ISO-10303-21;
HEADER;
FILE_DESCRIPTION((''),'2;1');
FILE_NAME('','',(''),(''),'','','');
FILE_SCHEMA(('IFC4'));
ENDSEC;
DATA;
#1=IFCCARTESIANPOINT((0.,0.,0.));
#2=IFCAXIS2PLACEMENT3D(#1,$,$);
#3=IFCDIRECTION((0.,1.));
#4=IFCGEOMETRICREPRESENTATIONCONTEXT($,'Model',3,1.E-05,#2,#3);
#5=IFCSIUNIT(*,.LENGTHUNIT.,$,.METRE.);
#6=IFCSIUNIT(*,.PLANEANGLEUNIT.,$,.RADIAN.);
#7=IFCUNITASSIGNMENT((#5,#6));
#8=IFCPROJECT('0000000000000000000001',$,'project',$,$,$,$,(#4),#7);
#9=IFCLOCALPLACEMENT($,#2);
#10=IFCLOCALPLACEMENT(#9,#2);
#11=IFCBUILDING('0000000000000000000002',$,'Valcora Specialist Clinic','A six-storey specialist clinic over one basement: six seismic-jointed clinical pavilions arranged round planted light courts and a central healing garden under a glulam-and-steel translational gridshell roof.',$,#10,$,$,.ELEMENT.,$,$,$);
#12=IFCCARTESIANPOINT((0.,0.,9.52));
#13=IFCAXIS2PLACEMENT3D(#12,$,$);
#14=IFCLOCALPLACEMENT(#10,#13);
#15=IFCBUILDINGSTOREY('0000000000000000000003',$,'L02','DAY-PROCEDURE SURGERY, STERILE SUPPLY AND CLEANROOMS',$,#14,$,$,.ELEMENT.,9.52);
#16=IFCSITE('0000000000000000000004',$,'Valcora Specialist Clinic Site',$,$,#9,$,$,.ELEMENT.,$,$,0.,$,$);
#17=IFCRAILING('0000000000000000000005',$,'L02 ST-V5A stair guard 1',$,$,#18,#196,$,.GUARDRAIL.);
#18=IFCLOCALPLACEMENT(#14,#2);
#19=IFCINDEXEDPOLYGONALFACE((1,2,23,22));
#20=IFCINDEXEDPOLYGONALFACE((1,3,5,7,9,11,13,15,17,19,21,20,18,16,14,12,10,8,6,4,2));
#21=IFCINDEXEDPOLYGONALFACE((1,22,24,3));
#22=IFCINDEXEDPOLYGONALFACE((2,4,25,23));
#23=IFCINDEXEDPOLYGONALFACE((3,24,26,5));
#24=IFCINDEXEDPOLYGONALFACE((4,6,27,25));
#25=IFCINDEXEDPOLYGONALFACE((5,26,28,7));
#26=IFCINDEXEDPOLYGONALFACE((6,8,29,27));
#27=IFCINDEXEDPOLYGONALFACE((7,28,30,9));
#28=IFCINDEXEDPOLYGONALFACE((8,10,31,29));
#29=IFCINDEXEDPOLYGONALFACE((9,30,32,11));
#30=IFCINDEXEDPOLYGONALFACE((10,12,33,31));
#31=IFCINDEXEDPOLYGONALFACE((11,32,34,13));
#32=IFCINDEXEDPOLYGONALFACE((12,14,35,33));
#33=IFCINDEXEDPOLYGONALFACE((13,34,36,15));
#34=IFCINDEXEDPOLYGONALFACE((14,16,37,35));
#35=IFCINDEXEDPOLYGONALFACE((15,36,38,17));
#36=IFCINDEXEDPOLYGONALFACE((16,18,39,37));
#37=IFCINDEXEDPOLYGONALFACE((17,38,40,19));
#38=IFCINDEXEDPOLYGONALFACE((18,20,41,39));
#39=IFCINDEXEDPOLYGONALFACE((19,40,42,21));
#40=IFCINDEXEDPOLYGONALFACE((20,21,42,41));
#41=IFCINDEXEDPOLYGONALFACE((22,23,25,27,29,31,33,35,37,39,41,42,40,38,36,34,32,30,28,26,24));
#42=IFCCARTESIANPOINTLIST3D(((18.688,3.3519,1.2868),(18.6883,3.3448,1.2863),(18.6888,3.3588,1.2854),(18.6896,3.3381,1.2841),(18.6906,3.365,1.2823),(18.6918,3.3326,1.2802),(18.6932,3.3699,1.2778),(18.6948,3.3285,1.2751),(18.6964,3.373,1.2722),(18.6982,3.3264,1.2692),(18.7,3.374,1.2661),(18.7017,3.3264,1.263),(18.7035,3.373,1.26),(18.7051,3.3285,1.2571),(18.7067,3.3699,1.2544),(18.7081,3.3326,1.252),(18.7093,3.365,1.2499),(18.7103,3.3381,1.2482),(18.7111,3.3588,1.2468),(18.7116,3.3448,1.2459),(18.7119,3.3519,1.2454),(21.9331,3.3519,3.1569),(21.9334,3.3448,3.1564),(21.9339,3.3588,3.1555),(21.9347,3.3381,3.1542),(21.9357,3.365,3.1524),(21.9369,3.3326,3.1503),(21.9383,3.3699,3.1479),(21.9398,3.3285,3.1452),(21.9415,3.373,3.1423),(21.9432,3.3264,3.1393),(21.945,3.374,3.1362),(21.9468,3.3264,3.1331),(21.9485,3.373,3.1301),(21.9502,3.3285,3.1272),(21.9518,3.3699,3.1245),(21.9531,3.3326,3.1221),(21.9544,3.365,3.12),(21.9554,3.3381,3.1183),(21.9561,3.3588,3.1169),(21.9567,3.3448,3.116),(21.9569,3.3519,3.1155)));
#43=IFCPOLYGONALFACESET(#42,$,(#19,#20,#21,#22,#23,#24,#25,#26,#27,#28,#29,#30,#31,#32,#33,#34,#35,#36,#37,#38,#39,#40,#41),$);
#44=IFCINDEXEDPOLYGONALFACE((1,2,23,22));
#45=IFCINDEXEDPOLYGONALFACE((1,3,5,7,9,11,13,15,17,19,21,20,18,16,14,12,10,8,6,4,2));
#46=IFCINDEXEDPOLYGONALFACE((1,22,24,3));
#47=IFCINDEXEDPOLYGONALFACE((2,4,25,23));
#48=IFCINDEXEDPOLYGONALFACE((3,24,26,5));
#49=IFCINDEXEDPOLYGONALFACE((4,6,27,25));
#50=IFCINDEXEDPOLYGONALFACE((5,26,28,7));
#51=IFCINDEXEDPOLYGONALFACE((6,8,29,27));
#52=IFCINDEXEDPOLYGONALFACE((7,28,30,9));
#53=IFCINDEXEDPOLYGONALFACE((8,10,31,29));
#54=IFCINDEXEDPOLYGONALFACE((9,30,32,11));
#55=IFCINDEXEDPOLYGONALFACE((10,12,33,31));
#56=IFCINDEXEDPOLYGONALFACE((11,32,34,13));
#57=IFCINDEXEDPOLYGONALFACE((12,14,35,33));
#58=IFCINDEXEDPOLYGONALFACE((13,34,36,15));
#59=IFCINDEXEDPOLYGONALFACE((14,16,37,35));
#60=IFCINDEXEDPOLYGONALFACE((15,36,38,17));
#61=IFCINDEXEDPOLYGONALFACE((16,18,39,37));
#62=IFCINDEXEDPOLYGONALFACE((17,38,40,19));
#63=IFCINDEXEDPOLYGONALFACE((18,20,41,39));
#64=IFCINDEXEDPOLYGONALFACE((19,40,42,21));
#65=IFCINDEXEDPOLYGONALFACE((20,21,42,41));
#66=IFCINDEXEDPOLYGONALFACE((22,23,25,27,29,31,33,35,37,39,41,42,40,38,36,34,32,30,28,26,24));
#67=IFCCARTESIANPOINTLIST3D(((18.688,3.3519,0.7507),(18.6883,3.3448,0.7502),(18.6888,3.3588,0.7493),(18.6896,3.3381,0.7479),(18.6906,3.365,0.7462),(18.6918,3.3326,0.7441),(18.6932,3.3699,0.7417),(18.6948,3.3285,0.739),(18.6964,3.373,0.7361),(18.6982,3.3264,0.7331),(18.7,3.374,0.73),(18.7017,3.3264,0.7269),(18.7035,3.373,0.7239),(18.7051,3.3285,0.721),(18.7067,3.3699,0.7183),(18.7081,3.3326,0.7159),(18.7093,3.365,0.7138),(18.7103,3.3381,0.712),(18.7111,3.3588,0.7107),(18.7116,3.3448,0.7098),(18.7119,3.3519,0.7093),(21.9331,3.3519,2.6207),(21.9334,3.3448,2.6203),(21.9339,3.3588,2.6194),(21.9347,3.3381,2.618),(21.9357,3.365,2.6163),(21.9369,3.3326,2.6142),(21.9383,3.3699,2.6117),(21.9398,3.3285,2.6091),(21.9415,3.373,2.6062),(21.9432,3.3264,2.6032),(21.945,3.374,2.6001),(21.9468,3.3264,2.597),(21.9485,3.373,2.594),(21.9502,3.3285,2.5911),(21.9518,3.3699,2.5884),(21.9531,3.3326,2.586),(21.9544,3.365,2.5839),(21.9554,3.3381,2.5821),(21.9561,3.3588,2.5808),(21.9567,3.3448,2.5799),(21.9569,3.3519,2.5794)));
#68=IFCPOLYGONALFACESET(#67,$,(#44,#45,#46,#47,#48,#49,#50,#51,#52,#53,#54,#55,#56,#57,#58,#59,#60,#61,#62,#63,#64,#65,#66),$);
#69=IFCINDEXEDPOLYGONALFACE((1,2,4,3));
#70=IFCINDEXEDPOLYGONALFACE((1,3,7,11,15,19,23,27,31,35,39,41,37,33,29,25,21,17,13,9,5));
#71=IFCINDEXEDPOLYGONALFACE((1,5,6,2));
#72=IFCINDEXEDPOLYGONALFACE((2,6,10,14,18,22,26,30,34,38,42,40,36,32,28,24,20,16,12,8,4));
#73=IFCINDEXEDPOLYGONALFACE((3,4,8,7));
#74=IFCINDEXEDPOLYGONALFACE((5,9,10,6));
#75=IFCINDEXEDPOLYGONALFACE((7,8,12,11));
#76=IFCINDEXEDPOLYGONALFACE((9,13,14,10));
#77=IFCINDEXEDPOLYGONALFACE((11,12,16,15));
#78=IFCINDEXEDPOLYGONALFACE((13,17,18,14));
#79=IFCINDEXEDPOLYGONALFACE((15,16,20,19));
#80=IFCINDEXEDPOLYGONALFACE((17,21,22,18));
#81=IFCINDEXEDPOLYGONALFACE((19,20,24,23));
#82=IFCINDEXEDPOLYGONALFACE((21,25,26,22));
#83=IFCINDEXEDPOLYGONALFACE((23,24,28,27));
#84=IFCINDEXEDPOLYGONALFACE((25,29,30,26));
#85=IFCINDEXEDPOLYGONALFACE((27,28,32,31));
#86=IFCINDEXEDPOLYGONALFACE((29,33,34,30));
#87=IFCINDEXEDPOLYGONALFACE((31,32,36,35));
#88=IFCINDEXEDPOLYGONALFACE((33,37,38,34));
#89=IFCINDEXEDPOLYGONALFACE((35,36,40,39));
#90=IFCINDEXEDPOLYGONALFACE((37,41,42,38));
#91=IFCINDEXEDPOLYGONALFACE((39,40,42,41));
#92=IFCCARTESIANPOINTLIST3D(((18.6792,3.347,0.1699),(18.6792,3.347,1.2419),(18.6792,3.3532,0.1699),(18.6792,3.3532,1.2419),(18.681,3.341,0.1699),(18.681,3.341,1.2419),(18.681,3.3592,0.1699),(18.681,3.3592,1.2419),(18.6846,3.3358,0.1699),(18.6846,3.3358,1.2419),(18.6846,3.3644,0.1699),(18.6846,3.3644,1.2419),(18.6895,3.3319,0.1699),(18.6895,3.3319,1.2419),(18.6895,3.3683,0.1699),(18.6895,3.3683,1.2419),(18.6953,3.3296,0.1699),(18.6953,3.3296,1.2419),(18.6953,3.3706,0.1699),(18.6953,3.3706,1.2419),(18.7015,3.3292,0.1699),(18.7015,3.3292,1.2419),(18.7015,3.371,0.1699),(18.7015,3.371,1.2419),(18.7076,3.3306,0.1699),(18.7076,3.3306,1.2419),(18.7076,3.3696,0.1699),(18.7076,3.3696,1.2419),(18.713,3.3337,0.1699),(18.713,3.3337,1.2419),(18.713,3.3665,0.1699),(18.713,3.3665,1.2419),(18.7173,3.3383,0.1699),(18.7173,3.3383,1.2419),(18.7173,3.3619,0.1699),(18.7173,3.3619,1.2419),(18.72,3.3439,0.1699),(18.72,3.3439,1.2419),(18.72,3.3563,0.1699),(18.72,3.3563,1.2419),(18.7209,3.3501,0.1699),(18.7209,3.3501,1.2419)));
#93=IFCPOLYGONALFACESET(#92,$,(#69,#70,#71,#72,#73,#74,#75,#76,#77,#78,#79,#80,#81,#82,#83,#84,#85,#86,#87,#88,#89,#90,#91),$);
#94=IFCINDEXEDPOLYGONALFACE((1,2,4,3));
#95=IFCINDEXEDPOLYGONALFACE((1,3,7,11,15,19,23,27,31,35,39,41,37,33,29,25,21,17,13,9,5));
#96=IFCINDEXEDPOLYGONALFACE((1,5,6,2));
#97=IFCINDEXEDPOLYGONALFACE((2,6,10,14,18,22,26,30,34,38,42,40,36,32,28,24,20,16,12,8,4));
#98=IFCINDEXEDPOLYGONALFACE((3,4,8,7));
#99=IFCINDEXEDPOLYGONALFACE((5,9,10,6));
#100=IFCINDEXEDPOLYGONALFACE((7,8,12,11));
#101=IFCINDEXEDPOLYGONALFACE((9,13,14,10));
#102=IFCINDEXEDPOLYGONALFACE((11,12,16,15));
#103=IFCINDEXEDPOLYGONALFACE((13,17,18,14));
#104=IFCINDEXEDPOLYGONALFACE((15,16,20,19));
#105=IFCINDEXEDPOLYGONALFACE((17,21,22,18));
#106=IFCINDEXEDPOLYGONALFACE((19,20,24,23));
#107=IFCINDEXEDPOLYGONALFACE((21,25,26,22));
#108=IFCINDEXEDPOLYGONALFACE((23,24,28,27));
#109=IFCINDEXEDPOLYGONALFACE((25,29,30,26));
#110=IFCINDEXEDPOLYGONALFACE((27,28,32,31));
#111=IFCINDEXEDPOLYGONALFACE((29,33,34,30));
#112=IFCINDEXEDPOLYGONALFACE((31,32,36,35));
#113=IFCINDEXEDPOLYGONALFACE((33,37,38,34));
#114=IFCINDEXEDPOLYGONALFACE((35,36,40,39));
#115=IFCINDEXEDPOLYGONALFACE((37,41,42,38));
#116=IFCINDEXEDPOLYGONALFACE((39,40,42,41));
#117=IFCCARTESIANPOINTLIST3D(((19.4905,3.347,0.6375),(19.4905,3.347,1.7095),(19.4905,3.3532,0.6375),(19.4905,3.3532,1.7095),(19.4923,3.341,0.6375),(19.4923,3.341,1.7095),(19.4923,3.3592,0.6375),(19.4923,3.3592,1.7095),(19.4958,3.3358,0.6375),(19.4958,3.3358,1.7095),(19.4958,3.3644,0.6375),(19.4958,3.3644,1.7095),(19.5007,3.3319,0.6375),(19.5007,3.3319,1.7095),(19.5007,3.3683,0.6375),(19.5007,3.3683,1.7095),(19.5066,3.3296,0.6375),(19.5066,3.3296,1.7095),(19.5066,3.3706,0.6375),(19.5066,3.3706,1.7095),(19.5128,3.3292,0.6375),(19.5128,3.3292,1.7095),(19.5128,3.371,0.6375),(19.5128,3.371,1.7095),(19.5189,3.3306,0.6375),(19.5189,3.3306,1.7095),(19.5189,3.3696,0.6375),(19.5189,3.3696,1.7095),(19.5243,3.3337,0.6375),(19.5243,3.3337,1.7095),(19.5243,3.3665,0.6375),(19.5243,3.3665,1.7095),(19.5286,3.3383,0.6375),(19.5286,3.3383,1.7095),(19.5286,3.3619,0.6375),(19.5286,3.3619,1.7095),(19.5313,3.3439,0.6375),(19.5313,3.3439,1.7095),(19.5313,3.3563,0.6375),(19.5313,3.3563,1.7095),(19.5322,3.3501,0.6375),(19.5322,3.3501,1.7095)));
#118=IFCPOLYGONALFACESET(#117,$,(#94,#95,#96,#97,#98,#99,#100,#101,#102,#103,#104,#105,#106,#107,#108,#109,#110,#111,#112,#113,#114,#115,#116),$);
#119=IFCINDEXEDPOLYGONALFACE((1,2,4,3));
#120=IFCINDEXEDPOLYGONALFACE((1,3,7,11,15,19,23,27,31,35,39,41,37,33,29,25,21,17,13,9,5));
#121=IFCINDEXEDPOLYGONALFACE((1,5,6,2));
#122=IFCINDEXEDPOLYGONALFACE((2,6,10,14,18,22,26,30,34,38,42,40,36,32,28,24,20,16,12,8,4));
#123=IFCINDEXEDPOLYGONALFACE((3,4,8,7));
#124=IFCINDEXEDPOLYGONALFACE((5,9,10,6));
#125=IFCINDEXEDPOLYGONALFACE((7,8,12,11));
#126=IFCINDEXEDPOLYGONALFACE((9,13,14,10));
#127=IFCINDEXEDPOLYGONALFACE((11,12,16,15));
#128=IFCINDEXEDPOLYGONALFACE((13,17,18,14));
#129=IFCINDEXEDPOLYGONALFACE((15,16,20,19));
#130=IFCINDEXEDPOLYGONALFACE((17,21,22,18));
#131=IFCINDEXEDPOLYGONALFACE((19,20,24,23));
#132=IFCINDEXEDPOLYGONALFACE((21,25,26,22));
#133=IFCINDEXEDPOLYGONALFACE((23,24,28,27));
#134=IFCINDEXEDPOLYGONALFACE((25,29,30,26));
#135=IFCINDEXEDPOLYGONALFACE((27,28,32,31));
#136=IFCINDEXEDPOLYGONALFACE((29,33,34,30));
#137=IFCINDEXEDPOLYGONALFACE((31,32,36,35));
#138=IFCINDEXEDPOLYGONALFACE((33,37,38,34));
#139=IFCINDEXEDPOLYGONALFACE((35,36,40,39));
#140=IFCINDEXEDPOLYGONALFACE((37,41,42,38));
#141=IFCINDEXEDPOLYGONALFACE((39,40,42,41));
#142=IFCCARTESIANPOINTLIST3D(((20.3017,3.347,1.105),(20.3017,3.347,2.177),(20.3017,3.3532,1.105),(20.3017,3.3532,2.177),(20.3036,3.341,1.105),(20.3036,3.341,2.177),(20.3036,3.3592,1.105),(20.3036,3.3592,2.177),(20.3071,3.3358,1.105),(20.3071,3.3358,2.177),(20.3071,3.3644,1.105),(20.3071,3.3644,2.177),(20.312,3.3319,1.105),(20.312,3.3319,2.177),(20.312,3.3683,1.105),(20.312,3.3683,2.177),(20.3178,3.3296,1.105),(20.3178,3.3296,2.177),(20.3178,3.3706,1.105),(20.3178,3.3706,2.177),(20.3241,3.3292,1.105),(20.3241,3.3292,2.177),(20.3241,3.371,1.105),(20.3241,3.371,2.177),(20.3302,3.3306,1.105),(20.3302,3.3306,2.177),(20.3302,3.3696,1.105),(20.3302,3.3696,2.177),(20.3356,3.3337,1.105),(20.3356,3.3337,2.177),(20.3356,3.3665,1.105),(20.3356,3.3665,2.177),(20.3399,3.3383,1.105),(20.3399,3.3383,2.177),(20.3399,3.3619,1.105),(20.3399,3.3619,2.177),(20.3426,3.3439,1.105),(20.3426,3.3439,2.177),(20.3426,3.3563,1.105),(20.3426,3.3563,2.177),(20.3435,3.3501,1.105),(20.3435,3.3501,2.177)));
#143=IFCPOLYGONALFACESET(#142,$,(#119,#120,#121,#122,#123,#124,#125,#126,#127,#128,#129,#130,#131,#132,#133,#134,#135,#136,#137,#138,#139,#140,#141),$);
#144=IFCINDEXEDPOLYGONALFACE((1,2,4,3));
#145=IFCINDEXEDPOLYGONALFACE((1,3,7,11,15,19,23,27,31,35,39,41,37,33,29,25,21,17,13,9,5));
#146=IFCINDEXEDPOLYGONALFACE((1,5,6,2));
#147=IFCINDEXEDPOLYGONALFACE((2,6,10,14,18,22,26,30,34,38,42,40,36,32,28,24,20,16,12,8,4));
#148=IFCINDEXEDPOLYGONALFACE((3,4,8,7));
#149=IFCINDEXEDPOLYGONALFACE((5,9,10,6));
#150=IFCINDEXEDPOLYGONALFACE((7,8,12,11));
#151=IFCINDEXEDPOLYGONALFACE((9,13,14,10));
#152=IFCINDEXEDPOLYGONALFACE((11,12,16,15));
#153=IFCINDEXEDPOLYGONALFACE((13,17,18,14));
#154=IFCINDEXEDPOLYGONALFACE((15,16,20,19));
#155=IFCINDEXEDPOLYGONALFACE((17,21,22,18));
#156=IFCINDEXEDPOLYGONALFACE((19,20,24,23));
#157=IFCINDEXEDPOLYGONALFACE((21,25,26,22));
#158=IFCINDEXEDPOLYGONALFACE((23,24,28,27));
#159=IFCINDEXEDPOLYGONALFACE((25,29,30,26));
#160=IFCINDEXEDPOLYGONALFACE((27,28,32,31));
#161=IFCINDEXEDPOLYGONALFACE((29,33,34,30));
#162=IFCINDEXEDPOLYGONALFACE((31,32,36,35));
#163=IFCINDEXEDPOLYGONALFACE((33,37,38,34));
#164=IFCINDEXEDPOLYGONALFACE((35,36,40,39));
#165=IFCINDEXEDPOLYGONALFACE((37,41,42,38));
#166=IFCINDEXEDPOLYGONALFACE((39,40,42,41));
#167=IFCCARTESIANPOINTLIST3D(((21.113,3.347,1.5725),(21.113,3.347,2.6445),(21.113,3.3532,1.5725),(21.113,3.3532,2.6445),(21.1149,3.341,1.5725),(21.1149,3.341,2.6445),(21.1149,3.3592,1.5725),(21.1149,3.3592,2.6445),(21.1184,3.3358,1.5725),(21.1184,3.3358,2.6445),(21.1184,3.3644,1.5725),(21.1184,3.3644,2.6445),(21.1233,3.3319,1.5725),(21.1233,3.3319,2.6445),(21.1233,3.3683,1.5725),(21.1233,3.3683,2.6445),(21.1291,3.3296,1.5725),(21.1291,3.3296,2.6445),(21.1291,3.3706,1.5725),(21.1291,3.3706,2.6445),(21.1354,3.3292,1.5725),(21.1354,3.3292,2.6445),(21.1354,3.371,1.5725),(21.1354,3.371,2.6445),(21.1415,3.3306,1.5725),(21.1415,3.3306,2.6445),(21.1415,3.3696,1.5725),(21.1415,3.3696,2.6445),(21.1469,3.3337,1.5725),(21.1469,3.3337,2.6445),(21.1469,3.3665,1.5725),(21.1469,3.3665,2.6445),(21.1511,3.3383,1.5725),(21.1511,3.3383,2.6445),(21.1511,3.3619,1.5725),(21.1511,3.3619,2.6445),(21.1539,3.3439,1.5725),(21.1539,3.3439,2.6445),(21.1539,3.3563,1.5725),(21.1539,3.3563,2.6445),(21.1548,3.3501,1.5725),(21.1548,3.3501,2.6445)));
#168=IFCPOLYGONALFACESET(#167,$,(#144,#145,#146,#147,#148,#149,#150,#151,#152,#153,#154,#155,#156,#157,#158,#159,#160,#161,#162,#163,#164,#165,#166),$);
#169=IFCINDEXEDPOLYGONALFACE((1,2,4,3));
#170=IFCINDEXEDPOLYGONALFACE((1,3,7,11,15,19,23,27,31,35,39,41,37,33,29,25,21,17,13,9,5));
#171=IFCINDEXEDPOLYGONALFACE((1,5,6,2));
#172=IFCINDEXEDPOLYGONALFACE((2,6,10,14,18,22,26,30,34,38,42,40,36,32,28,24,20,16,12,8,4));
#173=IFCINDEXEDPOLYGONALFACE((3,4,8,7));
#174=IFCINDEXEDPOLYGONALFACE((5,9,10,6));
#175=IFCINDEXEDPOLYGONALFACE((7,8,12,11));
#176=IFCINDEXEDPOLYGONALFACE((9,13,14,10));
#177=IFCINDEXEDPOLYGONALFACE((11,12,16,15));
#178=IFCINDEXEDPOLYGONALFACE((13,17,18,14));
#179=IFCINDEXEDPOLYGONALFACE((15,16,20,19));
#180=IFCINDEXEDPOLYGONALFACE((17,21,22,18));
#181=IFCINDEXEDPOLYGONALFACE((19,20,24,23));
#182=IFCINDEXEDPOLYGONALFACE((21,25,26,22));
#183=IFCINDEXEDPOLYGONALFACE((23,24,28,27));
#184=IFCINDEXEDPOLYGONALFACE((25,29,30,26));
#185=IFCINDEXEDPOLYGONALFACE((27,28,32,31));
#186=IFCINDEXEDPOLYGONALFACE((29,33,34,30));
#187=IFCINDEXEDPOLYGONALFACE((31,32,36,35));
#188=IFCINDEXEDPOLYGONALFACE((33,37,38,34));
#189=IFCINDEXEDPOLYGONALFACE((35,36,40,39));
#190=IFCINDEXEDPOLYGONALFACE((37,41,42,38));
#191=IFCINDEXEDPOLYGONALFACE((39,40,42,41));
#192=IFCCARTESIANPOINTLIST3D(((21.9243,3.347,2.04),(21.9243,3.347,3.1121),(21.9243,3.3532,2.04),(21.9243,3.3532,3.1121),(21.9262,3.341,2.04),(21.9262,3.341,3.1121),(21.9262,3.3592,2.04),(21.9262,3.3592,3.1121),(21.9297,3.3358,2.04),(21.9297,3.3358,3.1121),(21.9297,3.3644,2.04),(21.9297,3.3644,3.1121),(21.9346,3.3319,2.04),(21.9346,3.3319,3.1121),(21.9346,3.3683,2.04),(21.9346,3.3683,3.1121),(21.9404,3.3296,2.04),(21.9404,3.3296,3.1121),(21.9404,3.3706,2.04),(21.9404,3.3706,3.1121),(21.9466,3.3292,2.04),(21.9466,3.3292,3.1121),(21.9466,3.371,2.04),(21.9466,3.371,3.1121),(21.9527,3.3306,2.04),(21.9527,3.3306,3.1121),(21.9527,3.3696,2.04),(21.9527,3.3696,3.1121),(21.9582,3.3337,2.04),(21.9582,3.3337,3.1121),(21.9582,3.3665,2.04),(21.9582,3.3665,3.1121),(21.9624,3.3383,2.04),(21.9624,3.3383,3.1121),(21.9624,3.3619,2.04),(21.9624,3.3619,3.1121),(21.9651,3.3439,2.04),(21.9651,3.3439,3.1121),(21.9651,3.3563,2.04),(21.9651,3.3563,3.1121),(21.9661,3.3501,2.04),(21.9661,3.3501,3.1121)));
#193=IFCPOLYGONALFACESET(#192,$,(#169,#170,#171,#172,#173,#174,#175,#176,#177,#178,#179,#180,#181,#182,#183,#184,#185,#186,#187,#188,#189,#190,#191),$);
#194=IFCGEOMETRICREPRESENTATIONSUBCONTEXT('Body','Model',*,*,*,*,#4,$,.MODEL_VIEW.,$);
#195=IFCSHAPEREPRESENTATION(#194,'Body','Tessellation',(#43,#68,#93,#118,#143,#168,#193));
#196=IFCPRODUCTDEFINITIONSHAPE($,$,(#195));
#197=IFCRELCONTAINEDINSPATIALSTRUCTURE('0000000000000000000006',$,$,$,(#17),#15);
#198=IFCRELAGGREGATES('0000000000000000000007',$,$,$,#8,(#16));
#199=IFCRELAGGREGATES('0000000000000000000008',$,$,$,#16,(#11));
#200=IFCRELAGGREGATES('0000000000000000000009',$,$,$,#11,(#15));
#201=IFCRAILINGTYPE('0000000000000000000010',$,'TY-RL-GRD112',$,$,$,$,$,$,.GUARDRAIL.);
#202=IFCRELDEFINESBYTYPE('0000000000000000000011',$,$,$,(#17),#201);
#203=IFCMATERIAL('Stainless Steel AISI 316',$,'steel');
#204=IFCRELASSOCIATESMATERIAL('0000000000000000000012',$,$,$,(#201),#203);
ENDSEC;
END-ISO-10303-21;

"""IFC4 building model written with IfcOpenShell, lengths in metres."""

from ifc_helpers import new_model, si_unit, direction, frame, origin, origin_2d, place, context, subcontext, project, spatial, circle, extrude, material, type_object, element, save


model = new_model("IFC4")

# Units and contexts
model_context = context("Model", 3, precision=1e-05, world=origin(), true_north=direction((0.0, 1.0)))
body_context = subcontext(model_context, "Body", "Model", "MODEL_VIEW")
ifc_project = project(units=[si_unit("LENGTHUNIT", "METRE"), si_unit("PLANEANGLEUNIT", "RADIAN")], contexts=[model_context])

# Site, building, storey
site_placement = place(None, origin())
site = spatial("IfcSite", under=ifc_project, at=site_placement, Name="Valcora Specialist Clinic Site", CompositionType="ELEMENT", RefElevation=0.0)
building_placement = place(site_placement, origin())
building = spatial("IfcBuilding", under=site, at=building_placement, Name="Valcora Specialist Clinic", Description="A six-storey specialist clinic over one basement: six seismic-jointed clinical pavilions arranged round planted light courts and a central healing garden under a glulam-and-steel translational gridshell roof.", CompositionType="ELEMENT")
storey_placement = place(building_placement, frame((0.0, 0.0, 9.52)))
storey = spatial("IfcBuildingStorey", under=building, at=storey_placement, Name="L02", Description="DAY-PROCEDURE SURGERY, STERILE SUPPLY AND CLEANROOMS", CompositionType="ELEMENT", Elevation=9.52)

# Railing
ifc_material_1 = material(Name="Stainless Steel AISI 316", Category="steel")
railing_type_1 = type_object("IfcRailingType", Name="TY-RL-GRD112", PredefinedType="GUARDRAIL", material=ifc_material_1)
railing_1_placement = place(storey_placement, frame((18.7, 3.3501, 0.1699)))
element("IfcRailing", 1, at=railing_1_placement, inside=storey, type_object=railing_type_1, Name="L02 ST-V5A stair guard 1", PredefinedType="GUARDRAIL", context=body_context, shape_type="SweptSolid", body=[
    extrude(circle(Radius=0.0239, at=origin_2d()), frame((0.0, 0.0, 1.0962), z_axis=(0.866424, 0.0, 0.499309), x_axis=(0.0, 1.0, 0.0)), (0.0, 0.0, 1.0), 3.7454),
    extrude(circle(Radius=0.0239, at=origin_2d()), frame((0.0, 0.0, 0.5601), z_axis=(0.866424, 0.0, 0.499309), x_axis=(0.0, 1.0, 0.0)), (0.0, 0.0, 1.0), 3.7454),
    extrude(circle(Radius=0.021, at=origin_2d()), origin(), (0.0, 0.0, 1.0), 1.072),
    extrude(circle(Radius=0.021, at=origin_2d()), frame((0.8113, 0.0, 0.4675)), (0.0, 0.0, 1.0), 1.072),
    extrude(circle(Radius=0.021, at=origin_2d()), frame((1.6226, 0.0, 0.9351)), (0.0, 0.0, 1.0), 1.072),
    extrude(circle(Radius=0.021, at=origin_2d()), frame((2.4338, 0.0, 1.4026)), (0.0, 0.0, 1.0), 1.072),
    extrude(circle(Radius=0.021, at=origin_2d()), frame((3.2451, 0.0, 1.8701)), (0.0, 0.0, 1.0), 1.072),
])

save(model, "model.ifc")
